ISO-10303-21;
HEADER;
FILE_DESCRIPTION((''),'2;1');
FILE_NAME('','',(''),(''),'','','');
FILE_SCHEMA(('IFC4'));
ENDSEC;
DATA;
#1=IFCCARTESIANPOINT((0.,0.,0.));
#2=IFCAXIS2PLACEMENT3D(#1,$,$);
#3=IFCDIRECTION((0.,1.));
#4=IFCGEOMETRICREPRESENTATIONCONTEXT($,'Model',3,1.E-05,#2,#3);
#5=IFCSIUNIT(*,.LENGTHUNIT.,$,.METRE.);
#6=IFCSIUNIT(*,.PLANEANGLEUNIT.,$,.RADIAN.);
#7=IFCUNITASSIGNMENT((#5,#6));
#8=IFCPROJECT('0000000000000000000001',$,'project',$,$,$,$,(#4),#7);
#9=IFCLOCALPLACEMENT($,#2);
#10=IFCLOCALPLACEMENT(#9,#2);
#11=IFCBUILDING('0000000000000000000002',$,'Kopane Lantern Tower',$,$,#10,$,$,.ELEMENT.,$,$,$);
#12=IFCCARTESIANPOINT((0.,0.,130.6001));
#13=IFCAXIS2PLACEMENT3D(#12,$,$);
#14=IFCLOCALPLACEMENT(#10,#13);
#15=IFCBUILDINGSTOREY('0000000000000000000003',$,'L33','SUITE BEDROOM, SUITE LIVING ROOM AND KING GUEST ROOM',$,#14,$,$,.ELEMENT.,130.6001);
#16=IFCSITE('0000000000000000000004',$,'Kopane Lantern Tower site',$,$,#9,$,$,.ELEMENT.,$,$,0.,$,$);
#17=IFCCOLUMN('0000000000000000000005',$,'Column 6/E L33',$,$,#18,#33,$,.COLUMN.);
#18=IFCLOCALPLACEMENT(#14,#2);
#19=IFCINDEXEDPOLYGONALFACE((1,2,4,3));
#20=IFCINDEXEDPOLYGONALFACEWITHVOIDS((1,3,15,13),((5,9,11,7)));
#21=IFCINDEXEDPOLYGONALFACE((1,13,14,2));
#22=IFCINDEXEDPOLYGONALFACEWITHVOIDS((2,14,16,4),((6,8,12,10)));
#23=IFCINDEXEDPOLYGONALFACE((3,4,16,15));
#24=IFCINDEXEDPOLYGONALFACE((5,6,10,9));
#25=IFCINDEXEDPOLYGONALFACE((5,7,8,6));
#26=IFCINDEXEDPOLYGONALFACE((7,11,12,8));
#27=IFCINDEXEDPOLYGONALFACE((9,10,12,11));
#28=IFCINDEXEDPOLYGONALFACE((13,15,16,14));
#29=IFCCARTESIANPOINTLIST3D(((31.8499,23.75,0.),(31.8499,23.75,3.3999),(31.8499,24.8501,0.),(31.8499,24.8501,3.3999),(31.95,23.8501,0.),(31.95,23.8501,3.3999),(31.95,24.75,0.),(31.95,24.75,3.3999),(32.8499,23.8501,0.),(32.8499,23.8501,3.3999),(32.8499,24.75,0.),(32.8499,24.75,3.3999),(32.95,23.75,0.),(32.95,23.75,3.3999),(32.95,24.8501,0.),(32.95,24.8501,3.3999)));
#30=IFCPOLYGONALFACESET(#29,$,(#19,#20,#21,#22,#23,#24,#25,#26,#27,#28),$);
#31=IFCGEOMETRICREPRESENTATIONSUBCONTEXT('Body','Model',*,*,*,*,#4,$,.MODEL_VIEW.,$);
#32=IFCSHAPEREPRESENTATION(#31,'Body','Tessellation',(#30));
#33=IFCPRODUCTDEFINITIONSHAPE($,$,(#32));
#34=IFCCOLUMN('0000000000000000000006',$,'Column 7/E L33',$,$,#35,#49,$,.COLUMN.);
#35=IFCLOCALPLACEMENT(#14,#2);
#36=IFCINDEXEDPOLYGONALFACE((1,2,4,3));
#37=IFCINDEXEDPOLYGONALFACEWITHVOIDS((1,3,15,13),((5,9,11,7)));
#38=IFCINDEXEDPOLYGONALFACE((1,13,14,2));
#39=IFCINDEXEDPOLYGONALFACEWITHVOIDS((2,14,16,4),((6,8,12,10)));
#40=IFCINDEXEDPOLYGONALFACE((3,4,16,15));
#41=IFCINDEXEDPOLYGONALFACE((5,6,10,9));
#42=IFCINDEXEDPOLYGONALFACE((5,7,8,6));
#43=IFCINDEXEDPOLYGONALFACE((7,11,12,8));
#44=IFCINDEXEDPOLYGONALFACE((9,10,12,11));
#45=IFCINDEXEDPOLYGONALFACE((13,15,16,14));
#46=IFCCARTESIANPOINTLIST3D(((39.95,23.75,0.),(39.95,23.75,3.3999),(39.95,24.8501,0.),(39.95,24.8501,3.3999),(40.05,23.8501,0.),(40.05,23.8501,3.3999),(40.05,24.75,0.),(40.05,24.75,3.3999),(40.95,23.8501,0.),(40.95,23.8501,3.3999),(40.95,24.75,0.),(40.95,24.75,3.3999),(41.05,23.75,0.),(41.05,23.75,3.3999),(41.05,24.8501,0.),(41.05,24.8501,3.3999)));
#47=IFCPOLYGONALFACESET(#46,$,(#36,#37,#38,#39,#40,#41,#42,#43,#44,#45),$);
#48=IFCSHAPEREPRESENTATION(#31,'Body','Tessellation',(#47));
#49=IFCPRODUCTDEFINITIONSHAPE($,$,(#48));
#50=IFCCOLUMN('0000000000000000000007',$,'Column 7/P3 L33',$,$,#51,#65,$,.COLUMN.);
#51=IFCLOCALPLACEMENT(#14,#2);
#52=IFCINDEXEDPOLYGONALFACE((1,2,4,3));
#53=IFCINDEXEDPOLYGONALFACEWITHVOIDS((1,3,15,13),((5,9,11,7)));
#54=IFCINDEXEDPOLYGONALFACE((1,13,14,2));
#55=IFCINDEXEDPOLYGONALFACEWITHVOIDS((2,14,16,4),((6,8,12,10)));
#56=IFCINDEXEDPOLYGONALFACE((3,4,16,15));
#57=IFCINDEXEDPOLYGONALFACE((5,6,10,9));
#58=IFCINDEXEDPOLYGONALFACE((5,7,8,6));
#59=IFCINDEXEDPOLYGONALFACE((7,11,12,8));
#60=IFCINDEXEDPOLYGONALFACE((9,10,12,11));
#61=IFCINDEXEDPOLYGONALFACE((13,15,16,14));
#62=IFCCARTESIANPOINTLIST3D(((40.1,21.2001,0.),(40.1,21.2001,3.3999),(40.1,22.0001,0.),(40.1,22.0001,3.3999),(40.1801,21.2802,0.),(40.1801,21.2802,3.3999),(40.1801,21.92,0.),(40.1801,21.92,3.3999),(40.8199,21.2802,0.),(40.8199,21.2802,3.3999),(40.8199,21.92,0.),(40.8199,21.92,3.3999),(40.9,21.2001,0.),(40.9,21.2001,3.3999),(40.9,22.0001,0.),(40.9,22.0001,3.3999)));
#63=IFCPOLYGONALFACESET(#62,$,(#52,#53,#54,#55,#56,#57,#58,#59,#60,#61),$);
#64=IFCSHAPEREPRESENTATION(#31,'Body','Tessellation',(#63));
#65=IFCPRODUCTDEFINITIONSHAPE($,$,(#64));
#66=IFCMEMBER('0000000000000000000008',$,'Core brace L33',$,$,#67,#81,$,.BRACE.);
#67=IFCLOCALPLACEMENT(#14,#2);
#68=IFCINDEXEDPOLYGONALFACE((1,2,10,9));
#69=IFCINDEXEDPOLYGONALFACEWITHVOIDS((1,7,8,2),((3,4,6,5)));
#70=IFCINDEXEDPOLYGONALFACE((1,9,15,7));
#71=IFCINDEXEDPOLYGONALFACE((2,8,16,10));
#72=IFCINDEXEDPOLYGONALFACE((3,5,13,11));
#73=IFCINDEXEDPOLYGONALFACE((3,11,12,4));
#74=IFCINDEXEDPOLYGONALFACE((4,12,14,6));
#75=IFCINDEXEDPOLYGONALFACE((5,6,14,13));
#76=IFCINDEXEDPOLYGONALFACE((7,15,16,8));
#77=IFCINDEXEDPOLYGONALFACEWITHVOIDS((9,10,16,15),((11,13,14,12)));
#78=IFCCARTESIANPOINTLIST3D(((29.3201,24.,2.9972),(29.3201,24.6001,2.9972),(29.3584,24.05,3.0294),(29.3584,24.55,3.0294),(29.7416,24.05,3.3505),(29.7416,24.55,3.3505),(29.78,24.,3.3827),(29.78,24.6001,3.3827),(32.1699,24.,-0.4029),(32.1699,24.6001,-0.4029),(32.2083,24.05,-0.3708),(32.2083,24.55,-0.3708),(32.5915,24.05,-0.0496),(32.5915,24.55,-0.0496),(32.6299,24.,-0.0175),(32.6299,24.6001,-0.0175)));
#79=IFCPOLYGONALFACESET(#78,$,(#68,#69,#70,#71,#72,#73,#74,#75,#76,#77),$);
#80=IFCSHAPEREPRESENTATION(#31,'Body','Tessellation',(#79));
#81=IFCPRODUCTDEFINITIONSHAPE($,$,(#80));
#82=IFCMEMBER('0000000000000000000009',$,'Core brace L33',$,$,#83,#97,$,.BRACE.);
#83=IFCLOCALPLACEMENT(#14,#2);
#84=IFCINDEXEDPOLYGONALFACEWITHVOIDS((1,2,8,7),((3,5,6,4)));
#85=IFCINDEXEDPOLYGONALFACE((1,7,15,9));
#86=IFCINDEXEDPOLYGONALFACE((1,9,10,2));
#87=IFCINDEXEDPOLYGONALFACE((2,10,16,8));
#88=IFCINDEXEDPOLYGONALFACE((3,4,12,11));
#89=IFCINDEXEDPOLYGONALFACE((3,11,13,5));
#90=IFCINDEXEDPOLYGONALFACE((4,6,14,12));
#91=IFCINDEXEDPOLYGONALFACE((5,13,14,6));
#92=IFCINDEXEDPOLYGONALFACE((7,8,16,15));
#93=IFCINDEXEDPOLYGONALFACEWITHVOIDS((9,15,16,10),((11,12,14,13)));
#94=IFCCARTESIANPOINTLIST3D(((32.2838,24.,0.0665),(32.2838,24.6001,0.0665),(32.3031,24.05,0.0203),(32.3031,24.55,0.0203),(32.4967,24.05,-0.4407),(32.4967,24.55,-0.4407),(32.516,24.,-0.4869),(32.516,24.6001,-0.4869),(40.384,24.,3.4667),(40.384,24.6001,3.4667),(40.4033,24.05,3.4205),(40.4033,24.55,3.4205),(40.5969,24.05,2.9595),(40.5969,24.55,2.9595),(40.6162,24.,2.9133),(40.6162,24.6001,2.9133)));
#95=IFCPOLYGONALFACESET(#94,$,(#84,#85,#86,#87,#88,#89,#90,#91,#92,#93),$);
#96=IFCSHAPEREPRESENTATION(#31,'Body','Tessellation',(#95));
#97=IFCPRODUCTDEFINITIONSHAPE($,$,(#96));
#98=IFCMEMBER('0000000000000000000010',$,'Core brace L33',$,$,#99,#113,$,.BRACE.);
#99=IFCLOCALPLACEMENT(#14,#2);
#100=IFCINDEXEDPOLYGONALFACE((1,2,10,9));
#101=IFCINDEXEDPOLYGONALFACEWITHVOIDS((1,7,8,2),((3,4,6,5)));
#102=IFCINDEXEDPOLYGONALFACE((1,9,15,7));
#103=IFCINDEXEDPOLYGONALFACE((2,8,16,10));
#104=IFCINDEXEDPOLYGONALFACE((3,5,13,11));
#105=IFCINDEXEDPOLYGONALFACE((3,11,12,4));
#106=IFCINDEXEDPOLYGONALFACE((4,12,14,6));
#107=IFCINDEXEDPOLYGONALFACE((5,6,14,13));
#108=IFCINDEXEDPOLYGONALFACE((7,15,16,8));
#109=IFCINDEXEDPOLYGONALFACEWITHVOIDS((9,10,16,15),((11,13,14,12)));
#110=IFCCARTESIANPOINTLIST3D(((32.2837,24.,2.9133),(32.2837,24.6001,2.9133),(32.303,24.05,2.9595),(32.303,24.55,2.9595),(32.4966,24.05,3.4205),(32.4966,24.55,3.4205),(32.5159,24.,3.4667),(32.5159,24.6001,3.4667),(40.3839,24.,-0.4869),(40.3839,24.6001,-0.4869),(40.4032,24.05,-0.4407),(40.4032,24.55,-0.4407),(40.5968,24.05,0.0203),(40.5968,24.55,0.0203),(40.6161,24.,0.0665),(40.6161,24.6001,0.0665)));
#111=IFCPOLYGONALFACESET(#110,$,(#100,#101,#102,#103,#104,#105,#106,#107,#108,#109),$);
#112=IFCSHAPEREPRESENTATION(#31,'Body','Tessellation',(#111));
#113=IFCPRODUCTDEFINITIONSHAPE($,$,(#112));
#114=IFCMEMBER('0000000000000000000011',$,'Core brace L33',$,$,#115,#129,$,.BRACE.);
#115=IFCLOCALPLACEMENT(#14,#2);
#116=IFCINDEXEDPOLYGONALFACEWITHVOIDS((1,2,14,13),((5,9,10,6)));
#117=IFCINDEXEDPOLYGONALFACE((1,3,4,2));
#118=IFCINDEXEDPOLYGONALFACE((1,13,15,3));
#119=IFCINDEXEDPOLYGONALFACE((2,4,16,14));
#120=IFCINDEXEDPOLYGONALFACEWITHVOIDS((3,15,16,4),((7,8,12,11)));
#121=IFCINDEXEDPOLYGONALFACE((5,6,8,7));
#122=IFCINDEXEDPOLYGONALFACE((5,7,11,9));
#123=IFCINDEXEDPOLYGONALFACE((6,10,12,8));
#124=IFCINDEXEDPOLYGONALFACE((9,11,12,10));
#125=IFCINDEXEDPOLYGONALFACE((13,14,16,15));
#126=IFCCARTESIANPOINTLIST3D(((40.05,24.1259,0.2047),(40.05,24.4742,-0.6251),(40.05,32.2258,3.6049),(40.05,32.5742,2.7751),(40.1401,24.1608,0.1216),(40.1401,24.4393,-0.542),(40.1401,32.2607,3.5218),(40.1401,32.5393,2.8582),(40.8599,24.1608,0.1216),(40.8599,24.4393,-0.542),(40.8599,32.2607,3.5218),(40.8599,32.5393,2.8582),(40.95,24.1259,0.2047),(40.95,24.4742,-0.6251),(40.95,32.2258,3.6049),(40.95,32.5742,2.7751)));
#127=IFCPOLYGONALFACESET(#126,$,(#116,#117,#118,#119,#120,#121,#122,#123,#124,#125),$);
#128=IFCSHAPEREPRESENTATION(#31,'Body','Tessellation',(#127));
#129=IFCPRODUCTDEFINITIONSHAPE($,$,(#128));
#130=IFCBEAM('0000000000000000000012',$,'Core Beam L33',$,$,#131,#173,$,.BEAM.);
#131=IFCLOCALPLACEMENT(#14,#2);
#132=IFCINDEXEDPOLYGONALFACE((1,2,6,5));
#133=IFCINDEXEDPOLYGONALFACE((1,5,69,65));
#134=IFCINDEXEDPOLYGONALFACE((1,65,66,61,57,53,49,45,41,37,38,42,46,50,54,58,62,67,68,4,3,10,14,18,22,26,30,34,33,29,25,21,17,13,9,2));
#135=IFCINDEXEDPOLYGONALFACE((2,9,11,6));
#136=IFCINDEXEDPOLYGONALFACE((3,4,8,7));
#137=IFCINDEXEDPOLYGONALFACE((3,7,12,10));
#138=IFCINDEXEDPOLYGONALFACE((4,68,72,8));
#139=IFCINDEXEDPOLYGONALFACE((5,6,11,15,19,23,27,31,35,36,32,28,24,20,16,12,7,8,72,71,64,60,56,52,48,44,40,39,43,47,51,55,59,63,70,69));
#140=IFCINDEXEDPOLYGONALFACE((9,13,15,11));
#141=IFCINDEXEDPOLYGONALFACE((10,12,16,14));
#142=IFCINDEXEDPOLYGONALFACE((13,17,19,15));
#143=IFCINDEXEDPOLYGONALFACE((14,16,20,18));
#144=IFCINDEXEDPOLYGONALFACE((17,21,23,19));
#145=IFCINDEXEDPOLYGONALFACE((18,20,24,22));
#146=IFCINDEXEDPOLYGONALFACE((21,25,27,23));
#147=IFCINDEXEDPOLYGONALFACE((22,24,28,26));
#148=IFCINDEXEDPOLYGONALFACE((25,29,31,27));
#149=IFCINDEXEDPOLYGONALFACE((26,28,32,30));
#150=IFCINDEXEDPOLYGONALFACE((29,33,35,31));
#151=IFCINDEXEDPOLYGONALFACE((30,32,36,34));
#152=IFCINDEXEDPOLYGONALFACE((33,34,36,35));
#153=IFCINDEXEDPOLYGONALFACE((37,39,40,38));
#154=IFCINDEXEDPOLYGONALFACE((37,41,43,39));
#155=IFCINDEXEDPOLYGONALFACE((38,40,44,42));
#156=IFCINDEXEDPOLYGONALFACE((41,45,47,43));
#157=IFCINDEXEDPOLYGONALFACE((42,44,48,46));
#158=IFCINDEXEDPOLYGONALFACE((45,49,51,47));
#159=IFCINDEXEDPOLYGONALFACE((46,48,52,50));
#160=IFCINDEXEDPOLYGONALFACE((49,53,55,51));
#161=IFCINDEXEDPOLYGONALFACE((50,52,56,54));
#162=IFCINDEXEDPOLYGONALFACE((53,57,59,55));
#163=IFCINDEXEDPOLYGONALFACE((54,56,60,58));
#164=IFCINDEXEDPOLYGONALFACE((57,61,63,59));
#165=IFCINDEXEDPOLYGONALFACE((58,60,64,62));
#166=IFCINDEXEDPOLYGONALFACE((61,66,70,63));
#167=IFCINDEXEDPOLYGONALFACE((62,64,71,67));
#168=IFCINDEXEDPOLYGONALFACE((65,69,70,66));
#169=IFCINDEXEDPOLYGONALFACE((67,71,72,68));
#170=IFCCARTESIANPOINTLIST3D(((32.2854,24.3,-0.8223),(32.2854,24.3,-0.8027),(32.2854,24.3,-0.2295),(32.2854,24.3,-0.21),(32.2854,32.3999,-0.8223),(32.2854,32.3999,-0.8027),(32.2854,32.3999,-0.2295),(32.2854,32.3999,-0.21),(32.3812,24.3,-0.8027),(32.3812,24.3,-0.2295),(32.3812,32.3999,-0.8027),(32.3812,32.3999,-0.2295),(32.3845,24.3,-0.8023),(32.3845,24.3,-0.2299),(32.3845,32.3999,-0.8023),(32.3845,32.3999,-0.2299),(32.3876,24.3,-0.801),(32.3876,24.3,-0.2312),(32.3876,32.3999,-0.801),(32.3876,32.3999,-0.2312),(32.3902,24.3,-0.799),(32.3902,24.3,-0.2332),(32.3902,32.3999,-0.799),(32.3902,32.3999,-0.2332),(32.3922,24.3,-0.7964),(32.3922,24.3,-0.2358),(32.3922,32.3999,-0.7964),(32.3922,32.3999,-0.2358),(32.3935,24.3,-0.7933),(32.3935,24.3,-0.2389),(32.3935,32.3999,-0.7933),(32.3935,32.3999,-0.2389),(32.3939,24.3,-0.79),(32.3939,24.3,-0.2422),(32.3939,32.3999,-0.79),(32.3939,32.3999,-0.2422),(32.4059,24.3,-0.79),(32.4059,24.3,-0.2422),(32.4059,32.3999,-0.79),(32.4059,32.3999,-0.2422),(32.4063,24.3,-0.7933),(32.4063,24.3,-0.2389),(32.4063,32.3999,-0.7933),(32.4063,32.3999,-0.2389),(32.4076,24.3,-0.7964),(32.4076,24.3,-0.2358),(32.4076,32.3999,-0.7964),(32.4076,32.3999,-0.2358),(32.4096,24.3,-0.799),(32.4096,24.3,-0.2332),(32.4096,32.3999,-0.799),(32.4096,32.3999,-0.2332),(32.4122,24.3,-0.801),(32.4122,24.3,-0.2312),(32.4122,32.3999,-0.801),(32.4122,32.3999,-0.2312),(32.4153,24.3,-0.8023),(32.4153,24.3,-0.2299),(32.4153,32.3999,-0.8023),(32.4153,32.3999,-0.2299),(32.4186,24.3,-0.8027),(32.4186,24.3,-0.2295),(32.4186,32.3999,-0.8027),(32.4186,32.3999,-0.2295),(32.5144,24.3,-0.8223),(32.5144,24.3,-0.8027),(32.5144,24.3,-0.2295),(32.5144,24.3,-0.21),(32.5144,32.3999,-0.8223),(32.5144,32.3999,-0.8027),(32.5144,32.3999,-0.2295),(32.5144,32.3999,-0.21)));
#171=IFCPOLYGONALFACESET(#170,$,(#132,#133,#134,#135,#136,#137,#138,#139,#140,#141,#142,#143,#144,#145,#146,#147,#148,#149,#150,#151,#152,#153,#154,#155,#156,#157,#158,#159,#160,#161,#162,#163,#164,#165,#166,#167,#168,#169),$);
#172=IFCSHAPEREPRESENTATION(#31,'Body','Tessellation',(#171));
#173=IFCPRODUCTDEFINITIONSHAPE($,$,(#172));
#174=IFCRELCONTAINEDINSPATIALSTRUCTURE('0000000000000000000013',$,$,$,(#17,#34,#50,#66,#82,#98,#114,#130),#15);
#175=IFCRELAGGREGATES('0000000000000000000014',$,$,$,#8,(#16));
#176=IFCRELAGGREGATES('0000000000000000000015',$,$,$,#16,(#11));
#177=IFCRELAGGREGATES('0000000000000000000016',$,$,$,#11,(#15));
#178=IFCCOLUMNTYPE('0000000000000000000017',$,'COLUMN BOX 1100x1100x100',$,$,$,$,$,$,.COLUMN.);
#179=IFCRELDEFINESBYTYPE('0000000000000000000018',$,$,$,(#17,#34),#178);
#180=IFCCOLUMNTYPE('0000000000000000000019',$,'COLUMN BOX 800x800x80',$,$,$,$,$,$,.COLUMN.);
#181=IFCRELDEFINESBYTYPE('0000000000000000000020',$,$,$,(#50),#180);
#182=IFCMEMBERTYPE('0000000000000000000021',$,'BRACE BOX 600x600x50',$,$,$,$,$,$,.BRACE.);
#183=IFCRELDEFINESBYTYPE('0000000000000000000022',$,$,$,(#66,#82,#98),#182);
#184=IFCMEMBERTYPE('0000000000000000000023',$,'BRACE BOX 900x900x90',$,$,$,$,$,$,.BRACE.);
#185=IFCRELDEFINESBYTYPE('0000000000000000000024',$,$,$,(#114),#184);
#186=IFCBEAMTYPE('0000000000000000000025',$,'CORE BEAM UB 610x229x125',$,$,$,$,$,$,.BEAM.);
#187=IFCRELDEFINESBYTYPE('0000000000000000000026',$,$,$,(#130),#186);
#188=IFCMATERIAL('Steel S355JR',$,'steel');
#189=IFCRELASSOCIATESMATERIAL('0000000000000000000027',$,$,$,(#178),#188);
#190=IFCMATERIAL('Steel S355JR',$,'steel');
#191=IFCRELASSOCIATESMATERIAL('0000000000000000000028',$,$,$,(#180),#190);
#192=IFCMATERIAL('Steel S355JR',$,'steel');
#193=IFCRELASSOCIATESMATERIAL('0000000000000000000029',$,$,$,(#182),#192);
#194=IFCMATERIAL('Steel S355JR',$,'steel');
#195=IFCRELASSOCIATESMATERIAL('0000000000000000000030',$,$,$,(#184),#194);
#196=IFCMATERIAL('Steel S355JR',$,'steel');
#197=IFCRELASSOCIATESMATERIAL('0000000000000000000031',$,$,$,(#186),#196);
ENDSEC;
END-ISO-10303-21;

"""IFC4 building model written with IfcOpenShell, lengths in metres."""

from ifc_helpers import new_model, si_unit, direction, frame, origin, origin_2d, place, context, subcontext, project, spatial, hollow_rectangle, i_section, extrude, material, material_profile, profile_set, type_object, element, save


model = new_model("IFC4")

# Units and contexts
model_context = context("Model", 3, precision=1e-05, world=origin(), true_north=direction((0.0, 1.0)))
body_context = subcontext(model_context, "Body", "Model", "MODEL_VIEW")
ifc_project = project(units=[si_unit("LENGTHUNIT", "METRE"), si_unit("PLANEANGLEUNIT", "RADIAN")], contexts=[model_context])

# Site, building, storey
site_placement = place(None, origin())
site = spatial("IfcSite", under=ifc_project, at=site_placement, Name="Kopane Lantern Tower site", CompositionType="ELEMENT", RefElevation=0.0)
building_placement = place(site_placement, origin())
building = spatial("IfcBuilding", under=site, at=building_placement, Name="Kopane Lantern Tower", CompositionType="ELEMENT")
storey_placement = place(building_placement, frame((0.0, 0.0, 130.6001)))
storey = spatial("IfcBuildingStorey", under=building, at=storey_placement, Name="L33", Description="SUITE BEDROOM, SUITE LIVING ROOM AND KING GUEST ROOM", CompositionType="ELEMENT", Elevation=130.6001)

# Columns
ifc_material_1 = material(Name="Steel S355JR", Category="steel")
ifc_material_profile_1 = material_profile(ifc_material_1, hollow_rectangle(XDim=1.1001, YDim=1.1001, WallThickness=0.1001, at=origin_2d()), Name="BOX 1100x1100x100")
ifc_profile_set_1 = profile_set([ifc_material_profile_1], Name="Steel S355JR")
column_type_1 = type_object("IfcColumnType", Name="COLUMN BOX 1100x1100x100", PredefinedType="COLUMN", material=ifc_profile_set_1)
for number, where, z_axis, x_axis, name in (
    (1, (32.3999, 24.3, 0.0), (0.0, 0.0, 1.0), (1.0, 0.0, 0.0), "Column 6/E L33"),
    (2, (40.5, 24.3, 0.0), (0.0, 0.0, 1.0), (1.0, 0.0, 0.0), "Column 7/E L33"),
):
    element("IfcColumn", number, at=place(storey_placement, frame(where, z_axis=z_axis, x_axis=x_axis)), inside=storey, type_object=column_type_1, Name=name, PredefinedType="COLUMN", context=body_context, shape_type="SweptSolid", body=[
        extrude(hollow_rectangle(XDim=1.1001, YDim=1.1001, WallThickness=0.1001, at=origin_2d()), origin(), (0.0, 0.0, 1.0), 3.3999),
    ])
ifc_material_2 = material(Name="Steel S355JR", Category="steel")
ifc_material_profile_2 = material_profile(ifc_material_2, hollow_rectangle(XDim=0.8, YDim=0.8, WallThickness=0.0801, at=origin_2d()), Name="BOX 800x800x80")
ifc_profile_set_2 = profile_set([ifc_material_profile_2], Name="Steel S355JR")
column_type_2 = type_object("IfcColumnType", Name="COLUMN BOX 800x800x80", PredefinedType="COLUMN", material=ifc_profile_set_2)
column_placement = place(storey_placement, frame((40.5, 21.6001, 0.0), z_axis=(0.0, 0.0, 1.0), x_axis=(1.0, 0.0, 0.0)))
element("IfcColumn", 3, at=column_placement, inside=storey, type_object=column_type_2, Name="Column 7/P3 L33", PredefinedType="COLUMN", context=body_context, shape_type="SweptSolid", body=[
    extrude(hollow_rectangle(XDim=0.8, YDim=0.8, WallThickness=0.0801, at=origin_2d()), origin(), (0.0, 0.0, 1.0), 3.3999),
])

# Members
ifc_material_3 = material(Name="Steel S355JR", Category="steel")
ifc_material_profile_3 = material_profile(ifc_material_3, hollow_rectangle(XDim=0.6001, YDim=0.6001, WallThickness=0.05, at=origin_2d()), Name="BOX 600x600x50")
ifc_profile_set_3 = profile_set([ifc_material_profile_3], Name="Steel S355JR")
member_type_1 = type_object("IfcMemberType", Name="BRACE BOX 600x600x50", PredefinedType="BRACE", material=ifc_profile_set_3)
member_1_placement = place(storey_placement, frame((32.3999, 24.3, -0.2102), z_axis=(-0.642363, 0.0, 0.7664), x_axis=(0.0, -1.0, 0.0)))
element("IfcMember", 4, at=member_1_placement, inside=storey, type_object=member_type_1, Name="Core brace L33", PredefinedType="BRACE", context=body_context, shape_type="SweptSolid", body=[
    extrude(hollow_rectangle(XDim=0.6001, YDim=0.6001, WallThickness=0.05, at=origin_2d()), origin(), (0.0, 0.0, 1.0), 4.4365),
])
for number, where, z_axis, x_axis, name in (
    (5, (32.3999, 24.3, -0.2102), (0.922059, 0.0, 0.387049), (0.0, 1.0, 0.0), "Core brace L33"),
    (6, (40.5, 24.3, -0.2102), (-0.922059, 0.0, 0.387049), (0.0, -1.0, 0.0), "Core brace L33"),
):
    element("IfcMember", number, at=place(storey_placement, frame(where, z_axis=z_axis, x_axis=x_axis)), inside=storey, type_object=member_type_1, Name=name, PredefinedType="BRACE", context=body_context, shape_type="SweptSolid", body=[
        extrude(hollow_rectangle(XDim=0.6001, YDim=0.6001, WallThickness=0.05, at=origin_2d()), origin(), (0.0, 0.0, 1.0), 8.7849),
    ])
ifc_material_4 = material(Name="Steel S355JR", Category="steel")
ifc_material_profile_4 = material_profile(ifc_material_4, hollow_rectangle(XDim=0.8999, YDim=0.8999, WallThickness=0.0901, at=origin_2d()), Name="BOX 900x900x90")
ifc_profile_set_4 = profile_set([ifc_material_profile_4], Name="Steel S355JR")
member_type_2 = type_object("IfcMemberType", Name="BRACE BOX 900x900x90", PredefinedType="BRACE", material=ifc_profile_set_4)
member_2_placement = place(storey_placement, frame((40.5, 24.3, -0.2102), z_axis=(0.0, 0.922055, 0.387059), x_axis=(-1.0, 0.0, 0.0)))
element("IfcMember", 7, at=member_2_placement, inside=storey, type_object=member_type_2, Name="Core brace L33", PredefinedType="BRACE", context=body_context, shape_type="SweptSolid", body=[
    extrude(hollow_rectangle(XDim=0.8999, YDim=0.8999, WallThickness=0.0901, at=origin_2d()), origin(), (0.0, 0.0, 1.0), 8.7847),
])

# Beam
ifc_material_5 = material(Name="Steel S355JR", Category="steel")
ifc_material_profile_5 = material_profile(ifc_material_5, i_section(OverallWidth=0.229, OverallDepth=0.6123, WebThickness=0.012, FlangeThickness=0.0195, FilletRadius=0.0127, at=origin_2d()), Name="UB 610x229x125")
ifc_profile_set_5 = profile_set([ifc_material_profile_5], Name="Steel S355JR")
beam_type_1 = type_object("IfcBeamType", Name="CORE BEAM UB 610x229x125", PredefinedType="BEAM", material=ifc_profile_set_5)
beam_1_placement = place(storey_placement, frame((32.3999, 24.3, -0.5161), z_axis=(0.0, 1.0, 0.0), x_axis=(-1.0, 0.0, 0.0)))
element("IfcBeam", 8, at=beam_1_placement, inside=storey, type_object=beam_type_1, Name="Core Beam L33", PredefinedType="BEAM", context=body_context, shape_type="SweptSolid", body=[
    extrude(i_section(OverallWidth=0.229, OverallDepth=0.6123, WebThickness=0.012, FlangeThickness=0.0195, FilletRadius=0.0127, at=origin_2d()), origin(), (0.0, 0.0, 1.0), 8.0999),
])

save(model, "model.ifc")
